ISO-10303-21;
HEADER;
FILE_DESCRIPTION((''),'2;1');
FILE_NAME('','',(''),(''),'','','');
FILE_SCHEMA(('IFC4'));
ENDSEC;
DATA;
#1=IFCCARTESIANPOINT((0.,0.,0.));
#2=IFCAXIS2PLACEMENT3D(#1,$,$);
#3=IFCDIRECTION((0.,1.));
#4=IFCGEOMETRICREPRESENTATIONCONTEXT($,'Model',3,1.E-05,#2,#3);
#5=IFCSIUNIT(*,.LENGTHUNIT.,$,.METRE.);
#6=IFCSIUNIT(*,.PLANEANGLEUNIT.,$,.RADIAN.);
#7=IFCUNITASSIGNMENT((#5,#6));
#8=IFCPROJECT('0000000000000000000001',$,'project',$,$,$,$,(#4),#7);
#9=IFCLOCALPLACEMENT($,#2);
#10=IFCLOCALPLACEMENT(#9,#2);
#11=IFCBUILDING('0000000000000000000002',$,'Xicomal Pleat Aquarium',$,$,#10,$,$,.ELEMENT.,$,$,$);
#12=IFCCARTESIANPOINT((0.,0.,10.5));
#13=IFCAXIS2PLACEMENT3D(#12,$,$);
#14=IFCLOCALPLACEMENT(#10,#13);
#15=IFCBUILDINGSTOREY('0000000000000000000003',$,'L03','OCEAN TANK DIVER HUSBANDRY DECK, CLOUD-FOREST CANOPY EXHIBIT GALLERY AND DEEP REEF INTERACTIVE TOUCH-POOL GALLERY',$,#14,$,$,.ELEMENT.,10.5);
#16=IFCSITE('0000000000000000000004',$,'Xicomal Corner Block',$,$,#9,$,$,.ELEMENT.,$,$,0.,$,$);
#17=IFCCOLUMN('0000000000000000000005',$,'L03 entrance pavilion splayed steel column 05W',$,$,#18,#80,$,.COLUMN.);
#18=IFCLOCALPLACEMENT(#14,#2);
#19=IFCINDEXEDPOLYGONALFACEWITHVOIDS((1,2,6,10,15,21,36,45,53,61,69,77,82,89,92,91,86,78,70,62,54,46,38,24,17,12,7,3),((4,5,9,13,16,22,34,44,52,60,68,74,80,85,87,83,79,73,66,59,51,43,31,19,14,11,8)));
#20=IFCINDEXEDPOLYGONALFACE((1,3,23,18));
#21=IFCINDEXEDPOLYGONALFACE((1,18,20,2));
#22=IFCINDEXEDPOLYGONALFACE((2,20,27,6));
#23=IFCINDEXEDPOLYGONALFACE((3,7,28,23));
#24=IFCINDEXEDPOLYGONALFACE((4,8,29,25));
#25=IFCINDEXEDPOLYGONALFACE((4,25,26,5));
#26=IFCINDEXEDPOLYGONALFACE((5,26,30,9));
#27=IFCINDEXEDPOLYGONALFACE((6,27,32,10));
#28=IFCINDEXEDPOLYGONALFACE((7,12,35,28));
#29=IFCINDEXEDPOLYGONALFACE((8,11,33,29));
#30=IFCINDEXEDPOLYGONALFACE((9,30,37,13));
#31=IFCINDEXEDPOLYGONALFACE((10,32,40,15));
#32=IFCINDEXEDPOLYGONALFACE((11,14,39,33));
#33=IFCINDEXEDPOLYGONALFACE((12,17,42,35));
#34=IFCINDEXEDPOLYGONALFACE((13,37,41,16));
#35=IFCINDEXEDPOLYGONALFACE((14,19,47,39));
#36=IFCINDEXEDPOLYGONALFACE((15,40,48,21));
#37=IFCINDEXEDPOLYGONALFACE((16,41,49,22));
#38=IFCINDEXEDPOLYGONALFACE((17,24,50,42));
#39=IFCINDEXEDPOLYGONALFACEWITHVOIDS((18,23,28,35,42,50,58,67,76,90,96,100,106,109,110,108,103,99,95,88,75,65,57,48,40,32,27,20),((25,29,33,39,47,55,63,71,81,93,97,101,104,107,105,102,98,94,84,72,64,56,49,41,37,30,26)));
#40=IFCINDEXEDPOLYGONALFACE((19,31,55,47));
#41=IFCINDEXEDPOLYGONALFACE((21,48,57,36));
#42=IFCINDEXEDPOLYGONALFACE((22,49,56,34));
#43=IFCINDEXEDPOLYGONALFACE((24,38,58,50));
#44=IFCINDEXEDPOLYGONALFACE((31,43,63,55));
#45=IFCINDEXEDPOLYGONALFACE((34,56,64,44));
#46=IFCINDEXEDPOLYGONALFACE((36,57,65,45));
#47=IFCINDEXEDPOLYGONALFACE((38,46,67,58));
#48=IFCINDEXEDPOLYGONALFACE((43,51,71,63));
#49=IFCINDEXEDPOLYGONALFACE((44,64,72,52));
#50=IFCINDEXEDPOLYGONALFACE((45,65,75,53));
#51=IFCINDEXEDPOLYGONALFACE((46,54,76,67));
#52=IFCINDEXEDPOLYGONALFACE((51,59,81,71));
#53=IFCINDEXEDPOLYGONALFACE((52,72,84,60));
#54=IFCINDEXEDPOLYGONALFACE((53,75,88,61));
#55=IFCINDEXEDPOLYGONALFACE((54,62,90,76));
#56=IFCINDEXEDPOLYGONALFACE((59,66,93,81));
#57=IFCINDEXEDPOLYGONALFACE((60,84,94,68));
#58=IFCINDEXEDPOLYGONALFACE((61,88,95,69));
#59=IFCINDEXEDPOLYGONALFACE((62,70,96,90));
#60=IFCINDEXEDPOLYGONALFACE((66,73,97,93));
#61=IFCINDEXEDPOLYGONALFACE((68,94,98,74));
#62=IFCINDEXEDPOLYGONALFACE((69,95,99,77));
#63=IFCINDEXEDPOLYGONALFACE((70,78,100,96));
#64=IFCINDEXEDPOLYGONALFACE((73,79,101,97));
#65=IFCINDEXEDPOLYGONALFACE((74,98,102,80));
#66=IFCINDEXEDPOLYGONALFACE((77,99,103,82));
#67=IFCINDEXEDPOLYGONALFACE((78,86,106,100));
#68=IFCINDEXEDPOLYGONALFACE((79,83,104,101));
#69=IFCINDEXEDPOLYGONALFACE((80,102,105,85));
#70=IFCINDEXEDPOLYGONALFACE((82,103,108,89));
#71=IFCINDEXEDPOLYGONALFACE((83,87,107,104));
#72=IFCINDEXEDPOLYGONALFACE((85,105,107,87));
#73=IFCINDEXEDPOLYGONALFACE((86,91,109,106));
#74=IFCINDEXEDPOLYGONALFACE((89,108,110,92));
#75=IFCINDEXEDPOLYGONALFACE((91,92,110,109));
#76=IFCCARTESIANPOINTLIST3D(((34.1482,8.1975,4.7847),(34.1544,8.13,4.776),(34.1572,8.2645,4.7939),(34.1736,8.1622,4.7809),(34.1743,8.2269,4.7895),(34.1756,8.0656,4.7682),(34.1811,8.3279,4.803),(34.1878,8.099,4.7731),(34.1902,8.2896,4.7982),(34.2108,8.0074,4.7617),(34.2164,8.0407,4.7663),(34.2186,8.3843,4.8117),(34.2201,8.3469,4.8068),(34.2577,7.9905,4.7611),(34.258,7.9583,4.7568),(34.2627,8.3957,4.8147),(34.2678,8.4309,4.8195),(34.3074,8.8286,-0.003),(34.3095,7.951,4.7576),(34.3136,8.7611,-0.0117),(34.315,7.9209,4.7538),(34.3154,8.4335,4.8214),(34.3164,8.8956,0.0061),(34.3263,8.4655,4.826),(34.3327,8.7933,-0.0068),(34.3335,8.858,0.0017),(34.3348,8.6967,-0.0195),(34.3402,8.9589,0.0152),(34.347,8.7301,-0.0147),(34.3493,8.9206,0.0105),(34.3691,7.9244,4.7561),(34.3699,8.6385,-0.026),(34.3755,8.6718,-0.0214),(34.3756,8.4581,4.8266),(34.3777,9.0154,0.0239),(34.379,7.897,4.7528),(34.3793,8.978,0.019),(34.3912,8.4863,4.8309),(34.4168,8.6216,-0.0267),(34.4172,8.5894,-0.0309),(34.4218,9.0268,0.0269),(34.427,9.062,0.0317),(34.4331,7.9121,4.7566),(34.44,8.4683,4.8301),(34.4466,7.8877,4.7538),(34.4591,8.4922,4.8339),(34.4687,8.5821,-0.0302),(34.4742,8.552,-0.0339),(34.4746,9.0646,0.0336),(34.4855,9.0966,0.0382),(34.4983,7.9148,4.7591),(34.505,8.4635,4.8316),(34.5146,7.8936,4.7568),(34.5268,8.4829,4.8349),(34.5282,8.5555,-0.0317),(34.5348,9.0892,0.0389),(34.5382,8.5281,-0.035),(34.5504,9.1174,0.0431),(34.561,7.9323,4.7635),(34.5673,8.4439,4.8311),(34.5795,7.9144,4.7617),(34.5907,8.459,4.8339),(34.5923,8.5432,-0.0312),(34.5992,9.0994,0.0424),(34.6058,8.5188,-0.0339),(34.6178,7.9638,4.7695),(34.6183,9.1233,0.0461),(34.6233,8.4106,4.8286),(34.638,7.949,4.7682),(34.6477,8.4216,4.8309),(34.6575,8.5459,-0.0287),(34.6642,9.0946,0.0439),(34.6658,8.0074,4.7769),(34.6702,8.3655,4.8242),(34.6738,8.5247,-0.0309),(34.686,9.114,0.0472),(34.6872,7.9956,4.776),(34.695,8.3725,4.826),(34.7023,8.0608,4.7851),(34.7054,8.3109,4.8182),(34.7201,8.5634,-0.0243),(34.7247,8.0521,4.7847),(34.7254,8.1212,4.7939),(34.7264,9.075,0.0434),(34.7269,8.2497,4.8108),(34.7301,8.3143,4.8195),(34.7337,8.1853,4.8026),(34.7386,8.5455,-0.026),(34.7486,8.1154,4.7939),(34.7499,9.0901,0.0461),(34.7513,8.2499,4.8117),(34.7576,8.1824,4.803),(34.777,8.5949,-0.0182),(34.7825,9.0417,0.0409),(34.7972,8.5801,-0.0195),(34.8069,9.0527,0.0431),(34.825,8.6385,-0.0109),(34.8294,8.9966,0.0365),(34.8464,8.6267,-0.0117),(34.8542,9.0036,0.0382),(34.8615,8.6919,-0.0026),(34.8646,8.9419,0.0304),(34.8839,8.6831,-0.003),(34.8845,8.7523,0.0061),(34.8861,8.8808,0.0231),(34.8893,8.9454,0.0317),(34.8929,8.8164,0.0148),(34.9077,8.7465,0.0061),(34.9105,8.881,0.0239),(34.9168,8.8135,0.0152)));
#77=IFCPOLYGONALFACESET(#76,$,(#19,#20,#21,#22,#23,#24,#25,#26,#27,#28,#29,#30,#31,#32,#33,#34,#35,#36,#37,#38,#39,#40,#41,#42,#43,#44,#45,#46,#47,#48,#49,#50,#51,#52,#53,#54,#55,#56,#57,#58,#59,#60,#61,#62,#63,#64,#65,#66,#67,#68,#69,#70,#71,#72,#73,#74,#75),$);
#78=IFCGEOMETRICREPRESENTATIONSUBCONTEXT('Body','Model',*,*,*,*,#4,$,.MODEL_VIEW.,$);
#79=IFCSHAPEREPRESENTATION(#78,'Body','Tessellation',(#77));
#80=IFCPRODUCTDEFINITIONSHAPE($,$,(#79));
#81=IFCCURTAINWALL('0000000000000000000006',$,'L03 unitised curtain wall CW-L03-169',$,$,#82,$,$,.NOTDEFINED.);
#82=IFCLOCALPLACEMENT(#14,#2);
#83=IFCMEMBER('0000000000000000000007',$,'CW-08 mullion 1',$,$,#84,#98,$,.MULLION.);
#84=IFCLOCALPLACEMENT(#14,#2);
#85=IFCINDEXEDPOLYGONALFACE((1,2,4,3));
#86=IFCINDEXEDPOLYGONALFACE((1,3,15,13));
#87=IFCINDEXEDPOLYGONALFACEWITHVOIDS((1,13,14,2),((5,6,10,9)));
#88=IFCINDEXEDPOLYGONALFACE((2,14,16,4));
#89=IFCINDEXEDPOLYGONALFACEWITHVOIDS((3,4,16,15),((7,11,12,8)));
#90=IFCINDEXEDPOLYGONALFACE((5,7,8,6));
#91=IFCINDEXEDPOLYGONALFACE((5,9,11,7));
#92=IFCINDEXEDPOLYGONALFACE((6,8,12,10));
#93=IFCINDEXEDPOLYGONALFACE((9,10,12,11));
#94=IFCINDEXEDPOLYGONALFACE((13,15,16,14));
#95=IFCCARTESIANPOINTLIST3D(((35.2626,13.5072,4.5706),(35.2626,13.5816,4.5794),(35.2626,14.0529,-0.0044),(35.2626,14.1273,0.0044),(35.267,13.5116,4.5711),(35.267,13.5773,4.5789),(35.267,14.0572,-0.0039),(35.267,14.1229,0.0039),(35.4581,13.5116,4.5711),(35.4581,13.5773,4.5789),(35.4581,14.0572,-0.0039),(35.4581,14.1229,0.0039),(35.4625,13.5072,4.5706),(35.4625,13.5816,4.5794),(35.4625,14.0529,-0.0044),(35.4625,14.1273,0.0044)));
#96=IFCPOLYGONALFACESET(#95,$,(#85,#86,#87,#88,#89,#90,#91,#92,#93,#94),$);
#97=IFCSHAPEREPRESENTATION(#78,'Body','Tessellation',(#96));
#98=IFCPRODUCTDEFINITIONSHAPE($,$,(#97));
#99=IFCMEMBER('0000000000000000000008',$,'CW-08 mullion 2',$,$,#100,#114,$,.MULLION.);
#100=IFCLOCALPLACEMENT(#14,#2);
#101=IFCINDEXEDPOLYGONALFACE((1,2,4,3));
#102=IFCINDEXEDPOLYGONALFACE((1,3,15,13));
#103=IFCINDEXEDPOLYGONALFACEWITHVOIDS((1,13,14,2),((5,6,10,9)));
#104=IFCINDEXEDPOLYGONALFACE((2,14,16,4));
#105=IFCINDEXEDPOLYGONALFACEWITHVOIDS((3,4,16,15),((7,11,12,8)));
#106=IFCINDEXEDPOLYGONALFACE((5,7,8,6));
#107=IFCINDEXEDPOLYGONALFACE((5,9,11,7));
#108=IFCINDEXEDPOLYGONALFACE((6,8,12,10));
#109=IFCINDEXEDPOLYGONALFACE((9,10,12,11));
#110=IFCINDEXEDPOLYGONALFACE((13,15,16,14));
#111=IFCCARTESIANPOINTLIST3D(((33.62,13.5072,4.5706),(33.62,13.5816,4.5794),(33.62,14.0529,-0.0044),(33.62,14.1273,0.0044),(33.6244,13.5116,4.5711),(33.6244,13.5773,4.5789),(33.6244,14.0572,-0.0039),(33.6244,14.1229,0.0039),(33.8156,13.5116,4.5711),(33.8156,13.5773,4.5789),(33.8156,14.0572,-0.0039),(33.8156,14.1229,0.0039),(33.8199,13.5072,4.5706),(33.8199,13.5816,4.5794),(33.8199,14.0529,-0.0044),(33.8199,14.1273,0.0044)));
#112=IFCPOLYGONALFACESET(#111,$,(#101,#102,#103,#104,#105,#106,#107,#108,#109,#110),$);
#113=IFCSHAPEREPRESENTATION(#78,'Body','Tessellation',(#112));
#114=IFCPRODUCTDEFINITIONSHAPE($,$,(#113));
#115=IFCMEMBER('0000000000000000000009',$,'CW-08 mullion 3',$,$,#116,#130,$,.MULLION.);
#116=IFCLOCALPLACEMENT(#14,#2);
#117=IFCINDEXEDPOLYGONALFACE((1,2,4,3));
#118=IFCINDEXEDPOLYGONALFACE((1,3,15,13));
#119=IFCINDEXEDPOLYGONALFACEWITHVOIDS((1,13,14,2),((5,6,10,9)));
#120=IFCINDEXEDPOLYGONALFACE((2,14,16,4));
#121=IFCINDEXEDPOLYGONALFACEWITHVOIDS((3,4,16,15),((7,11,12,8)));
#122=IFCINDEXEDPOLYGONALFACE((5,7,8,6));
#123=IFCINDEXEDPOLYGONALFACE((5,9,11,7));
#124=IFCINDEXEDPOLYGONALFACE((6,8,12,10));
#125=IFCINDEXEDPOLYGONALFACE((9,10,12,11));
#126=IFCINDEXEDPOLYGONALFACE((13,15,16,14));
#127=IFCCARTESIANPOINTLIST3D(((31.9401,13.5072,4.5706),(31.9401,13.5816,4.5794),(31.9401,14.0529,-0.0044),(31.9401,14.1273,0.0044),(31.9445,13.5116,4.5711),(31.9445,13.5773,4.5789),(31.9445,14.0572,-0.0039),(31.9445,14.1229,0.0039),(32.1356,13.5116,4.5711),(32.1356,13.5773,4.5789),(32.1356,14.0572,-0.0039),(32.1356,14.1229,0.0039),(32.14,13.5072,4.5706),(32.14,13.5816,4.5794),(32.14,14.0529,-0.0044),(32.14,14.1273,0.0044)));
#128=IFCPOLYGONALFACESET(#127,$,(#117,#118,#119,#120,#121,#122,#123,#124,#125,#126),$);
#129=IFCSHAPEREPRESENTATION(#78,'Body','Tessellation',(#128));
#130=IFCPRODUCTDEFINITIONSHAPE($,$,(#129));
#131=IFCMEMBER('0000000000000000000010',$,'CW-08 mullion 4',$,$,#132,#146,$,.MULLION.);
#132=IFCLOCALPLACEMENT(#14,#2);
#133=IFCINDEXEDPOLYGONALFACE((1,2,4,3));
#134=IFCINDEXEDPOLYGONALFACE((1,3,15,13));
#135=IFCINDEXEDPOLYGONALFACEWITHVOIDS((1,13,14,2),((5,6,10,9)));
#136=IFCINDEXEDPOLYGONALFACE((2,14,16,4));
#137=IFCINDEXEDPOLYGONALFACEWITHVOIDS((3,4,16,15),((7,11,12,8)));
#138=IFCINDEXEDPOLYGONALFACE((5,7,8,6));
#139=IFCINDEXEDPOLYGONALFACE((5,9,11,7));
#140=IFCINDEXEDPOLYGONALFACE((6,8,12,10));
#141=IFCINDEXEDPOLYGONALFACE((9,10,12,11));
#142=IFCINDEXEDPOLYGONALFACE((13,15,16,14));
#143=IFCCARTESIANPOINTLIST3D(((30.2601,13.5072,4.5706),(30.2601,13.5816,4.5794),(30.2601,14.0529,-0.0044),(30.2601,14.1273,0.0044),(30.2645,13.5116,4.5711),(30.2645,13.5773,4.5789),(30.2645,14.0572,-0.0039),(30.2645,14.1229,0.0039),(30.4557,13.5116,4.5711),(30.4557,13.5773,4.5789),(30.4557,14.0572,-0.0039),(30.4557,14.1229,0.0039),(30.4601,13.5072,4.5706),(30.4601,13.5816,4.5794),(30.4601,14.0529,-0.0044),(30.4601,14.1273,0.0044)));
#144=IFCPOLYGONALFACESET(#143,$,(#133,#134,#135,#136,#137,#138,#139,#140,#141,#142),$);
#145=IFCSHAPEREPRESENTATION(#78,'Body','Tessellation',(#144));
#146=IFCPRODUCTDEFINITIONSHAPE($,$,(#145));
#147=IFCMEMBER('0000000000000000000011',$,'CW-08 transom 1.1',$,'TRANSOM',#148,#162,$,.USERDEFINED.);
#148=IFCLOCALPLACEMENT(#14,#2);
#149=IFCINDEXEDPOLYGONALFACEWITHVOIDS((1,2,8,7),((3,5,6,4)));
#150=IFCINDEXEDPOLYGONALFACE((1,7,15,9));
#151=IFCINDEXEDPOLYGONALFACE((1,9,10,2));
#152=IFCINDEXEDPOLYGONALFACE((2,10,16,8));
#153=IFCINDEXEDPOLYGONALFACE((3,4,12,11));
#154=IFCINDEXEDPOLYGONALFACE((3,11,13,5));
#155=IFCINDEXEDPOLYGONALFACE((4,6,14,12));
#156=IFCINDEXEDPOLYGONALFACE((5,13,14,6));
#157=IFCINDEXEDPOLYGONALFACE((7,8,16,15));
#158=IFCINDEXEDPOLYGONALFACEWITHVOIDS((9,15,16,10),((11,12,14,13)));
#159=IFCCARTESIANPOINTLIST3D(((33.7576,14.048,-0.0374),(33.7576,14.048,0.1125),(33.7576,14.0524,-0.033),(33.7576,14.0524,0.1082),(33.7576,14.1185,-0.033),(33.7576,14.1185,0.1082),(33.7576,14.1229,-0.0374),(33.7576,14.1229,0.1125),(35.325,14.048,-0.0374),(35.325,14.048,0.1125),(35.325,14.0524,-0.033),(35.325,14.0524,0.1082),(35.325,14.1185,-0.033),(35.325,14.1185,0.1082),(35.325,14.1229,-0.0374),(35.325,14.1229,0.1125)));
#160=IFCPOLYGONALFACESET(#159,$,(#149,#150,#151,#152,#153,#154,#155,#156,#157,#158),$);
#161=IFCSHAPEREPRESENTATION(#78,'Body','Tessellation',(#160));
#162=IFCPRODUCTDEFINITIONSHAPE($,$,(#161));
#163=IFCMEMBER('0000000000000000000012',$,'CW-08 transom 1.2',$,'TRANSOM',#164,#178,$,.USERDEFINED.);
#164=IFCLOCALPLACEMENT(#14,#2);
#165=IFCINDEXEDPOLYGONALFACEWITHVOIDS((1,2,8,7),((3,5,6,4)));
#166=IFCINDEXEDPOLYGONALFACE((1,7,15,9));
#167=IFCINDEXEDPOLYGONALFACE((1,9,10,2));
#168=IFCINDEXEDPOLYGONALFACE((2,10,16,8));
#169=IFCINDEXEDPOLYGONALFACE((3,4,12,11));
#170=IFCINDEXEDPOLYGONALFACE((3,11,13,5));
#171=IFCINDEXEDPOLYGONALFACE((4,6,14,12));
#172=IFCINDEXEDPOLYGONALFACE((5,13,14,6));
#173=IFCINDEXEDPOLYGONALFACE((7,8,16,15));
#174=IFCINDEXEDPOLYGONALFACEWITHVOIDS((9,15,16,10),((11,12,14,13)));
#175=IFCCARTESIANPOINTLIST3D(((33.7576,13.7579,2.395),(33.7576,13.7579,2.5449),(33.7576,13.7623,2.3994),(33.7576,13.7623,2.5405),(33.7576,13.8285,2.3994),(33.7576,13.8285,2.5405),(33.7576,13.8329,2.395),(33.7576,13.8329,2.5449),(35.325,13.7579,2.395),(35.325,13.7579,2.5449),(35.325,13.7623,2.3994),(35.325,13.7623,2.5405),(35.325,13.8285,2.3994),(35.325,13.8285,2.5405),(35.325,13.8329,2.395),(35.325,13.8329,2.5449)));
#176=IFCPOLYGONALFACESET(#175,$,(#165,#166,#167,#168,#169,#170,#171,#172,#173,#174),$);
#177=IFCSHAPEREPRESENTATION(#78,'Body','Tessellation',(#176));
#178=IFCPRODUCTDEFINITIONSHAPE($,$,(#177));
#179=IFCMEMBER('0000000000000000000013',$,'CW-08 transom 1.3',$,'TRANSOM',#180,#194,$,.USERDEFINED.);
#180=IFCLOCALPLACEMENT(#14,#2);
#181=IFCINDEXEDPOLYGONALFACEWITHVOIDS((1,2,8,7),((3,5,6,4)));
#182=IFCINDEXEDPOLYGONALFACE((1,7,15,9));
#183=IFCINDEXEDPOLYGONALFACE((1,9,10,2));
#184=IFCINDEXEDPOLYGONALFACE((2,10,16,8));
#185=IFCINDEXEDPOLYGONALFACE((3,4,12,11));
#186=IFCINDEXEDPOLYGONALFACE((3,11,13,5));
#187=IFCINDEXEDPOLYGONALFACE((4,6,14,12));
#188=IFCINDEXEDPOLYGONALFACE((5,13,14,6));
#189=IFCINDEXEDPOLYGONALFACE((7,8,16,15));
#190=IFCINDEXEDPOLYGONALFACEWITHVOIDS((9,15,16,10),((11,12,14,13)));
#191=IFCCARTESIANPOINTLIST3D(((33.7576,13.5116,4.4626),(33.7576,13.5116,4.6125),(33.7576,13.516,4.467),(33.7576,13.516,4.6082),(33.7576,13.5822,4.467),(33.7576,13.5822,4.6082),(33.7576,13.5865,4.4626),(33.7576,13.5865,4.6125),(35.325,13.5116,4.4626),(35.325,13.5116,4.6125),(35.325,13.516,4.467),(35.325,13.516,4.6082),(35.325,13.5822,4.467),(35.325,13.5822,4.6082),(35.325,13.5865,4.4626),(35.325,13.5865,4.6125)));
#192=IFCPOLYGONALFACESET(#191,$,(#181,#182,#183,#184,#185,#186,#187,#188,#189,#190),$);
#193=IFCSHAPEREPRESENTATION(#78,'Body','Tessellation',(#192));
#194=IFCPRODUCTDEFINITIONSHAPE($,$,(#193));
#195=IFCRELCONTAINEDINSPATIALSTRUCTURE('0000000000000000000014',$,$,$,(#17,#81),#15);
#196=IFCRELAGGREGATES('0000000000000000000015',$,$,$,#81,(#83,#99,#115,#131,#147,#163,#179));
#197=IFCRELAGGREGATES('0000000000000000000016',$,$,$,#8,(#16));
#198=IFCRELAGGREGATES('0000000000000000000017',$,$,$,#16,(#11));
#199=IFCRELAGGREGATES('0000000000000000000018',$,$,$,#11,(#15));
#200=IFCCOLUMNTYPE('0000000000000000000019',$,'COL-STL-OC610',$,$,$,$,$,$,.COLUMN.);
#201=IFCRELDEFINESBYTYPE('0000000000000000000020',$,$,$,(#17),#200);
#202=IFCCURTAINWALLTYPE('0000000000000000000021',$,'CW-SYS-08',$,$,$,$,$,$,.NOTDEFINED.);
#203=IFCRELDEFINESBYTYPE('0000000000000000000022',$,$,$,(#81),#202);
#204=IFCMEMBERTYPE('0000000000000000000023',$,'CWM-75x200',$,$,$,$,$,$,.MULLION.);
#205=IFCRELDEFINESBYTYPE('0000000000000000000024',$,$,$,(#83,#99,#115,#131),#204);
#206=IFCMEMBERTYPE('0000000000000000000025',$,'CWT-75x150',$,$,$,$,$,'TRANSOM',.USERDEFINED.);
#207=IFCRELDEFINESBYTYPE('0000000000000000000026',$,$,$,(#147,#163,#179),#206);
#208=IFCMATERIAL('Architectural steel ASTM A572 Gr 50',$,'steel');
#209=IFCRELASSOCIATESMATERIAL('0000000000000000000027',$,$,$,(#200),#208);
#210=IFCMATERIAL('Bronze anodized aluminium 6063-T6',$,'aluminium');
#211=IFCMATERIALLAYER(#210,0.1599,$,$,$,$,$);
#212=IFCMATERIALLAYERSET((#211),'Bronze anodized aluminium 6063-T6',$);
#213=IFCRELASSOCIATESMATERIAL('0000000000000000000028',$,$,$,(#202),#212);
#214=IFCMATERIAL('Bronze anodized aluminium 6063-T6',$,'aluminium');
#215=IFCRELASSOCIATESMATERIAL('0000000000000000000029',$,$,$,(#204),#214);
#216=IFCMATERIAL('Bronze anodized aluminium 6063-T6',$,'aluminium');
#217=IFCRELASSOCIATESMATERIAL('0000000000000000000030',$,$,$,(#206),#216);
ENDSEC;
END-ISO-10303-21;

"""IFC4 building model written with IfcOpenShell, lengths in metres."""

from ifc_helpers import new_model, si_unit, direction, frame, origin, origin_2d, place, context, subcontext, project, spatial, hollow_rectangle, hollow_circle, extrude, material, layer, layer_set, material_profile, profile_set, type_object, element, aggregate, save


model = new_model("IFC4")

# Units and contexts
model_context = context("Model", 3, precision=1e-05, world=origin(), true_north=direction((0.0, 1.0)))
body_context = subcontext(model_context, "Body", "Model", "MODEL_VIEW")
ifc_project = project(units=[si_unit("LENGTHUNIT", "METRE"), si_unit("PLANEANGLEUNIT", "RADIAN")], contexts=[model_context])

# Site, building, storey
site_placement = place(None, origin())
site = spatial("IfcSite", under=ifc_project, at=site_placement, Name="Xicomal Corner Block", CompositionType="ELEMENT", RefElevation=0.0)
building_placement = place(site_placement, origin())
building = spatial("IfcBuilding", under=site, at=building_placement, Name="Xicomal Pleat Aquarium", CompositionType="ELEMENT")
storey_placement = place(building_placement, frame((0.0, 0.0, 10.5)))
storey = spatial("IfcBuildingStorey", under=building, at=storey_placement, Name="L03", Description="OCEAN TANK DIVER HUSBANDRY DECK, CLOUD-FOREST CANOPY EXHIBIT GALLERY AND DEEP REEF INTERACTIVE TOUCH-POOL GALLERY", CompositionType="ELEMENT", Elevation=10.5)

# Column
ifc_material_1 = material(Name="Architectural steel ASTM A572 Gr 50", Category="steel")
ifc_material_profile_1 = material_profile(ifc_material_1, hollow_circle(Radius=0.3049, WallThickness=0.0239, at=origin_2d()), Name="OC 610x24")
ifc_profile_set_1 = profile_set([ifc_material_profile_1], Name="Architectural steel ASTM A572 Gr 50")
column_type = type_object("IfcColumnType", Name="COL-STL-OC610", PredefinedType="COLUMN", material=ifc_profile_set_1)
column_placement = place(storey_placement, frame((34.6121, 8.821, 0.0061), z_axis=(-0.032944, -0.130612, 0.990886), x_axis=(0.969633, -0.244565, 0.0)))
element("IfcColumn", 1, at=column_placement, inside=storey, type_object=column_type, Name="L03 entrance pavilion splayed steel column 05W", PredefinedType="COLUMN", context=body_context, shape_type="SweptSolid", body=[
    extrude(hollow_circle(Radius=0.3049, WallThickness=0.0239, at=origin_2d()), origin(), (0.0, 0.0, 1.0), 4.8318),
])

# Curtain wall, members
ifc_material_2 = material(Name="Bronze anodized aluminium 6063-T6", Category="aluminium")
ifc_layer_1 = layer(ifc_material_2, 0.1599)
ifc_layer_set_1 = layer_set([ifc_layer_1], Name="Bronze anodized aluminium 6063-T6")
curtain_wall_type = type_object("IfcCurtainWallType", Name="CW-SYS-08", PredefinedType="NOTDEFINED", material=ifc_layer_set_1)
curtain_wall_placement = place(storey_placement, origin())
curtain_wall = element("IfcCurtainWall", 2, at=curtain_wall_placement, inside=storey, type_object=curtain_wall_type, Name="L03 unitised curtain wall CW-L03-169", PredefinedType="NOTDEFINED")
ifc_material_3 = material(Name="Bronze anodized aluminium 6063-T6", Category="aluminium")
ifc_material_profile_2 = material_profile(ifc_material_3, hollow_rectangle(XDim=0.075, YDim=0.2, WallThickness=0.0044, at=origin_2d()), Name="ALU MULL 75x200")
ifc_profile_set_2 = profile_set([ifc_material_profile_2], Name="Bronze anodized aluminium 6063-T6")
member_type_1 = type_object("IfcMemberType", Name="CWM-75x200", PredefinedType="MULLION", material=ifc_profile_set_2)
member_1_placement = place(storey_placement, frame((35.3625, 14.0901, 0.0), z_axis=(0.0, -0.118431, 0.992962), x_axis=(0.0, -0.992962, -0.118431)))
member_1 = element("IfcMember", 3, at=member_1_placement, type_object=member_type_1, Name="CW-08 mullion 1", PredefinedType="MULLION", context=body_context, shape_type="SweptSolid", body=[
    extrude(hollow_rectangle(XDim=0.075, YDim=0.2, WallThickness=0.0044, at=origin_2d()), origin(), (0.0, 0.0, 1.0), 4.6074),
])
member_2_placement = place(storey_placement, frame((33.72, 14.0901, 0.0), z_axis=(0.0, -0.118431, 0.992962), x_axis=(0.0, -0.992962, -0.118431)))
member_2 = element("IfcMember", 4, at=member_2_placement, type_object=member_type_1, Name="CW-08 mullion 2", PredefinedType="MULLION", context=body_context, shape_type="SweptSolid", body=[
    extrude(hollow_rectangle(XDim=0.075, YDim=0.2, WallThickness=0.0044, at=origin_2d()), origin(), (0.0, 0.0, 1.0), 4.6074),
])
member_3_placement = place(storey_placement, frame((32.04, 14.0901, 0.0), z_axis=(0.0, -0.118431, 0.992962), x_axis=(0.0, -0.992962, -0.118431)))
member_3 = element("IfcMember", 5, at=member_3_placement, type_object=member_type_1, Name="CW-08 mullion 3", PredefinedType="MULLION", context=body_context, shape_type="SweptSolid", body=[
    extrude(hollow_rectangle(XDim=0.075, YDim=0.2, WallThickness=0.0044, at=origin_2d()), origin(), (0.0, 0.0, 1.0), 4.6074),
])
member_4_placement = place(storey_placement, frame((30.3601, 14.0901, 0.0), z_axis=(0.0, -0.118431, 0.992962), x_axis=(0.0, -0.992962, -0.118431)))
member_4 = element("IfcMember", 6, at=member_4_placement, type_object=member_type_1, Name="CW-08 mullion 4", PredefinedType="MULLION", context=body_context, shape_type="SweptSolid", body=[
    extrude(hollow_rectangle(XDim=0.075, YDim=0.2, WallThickness=0.0044, at=origin_2d()), origin(), (0.0, 0.0, 1.0), 4.6074),
])
ifc_material_4 = material(Name="Bronze anodized aluminium 6063-T6", Category="aluminium")
ifc_material_profile_3 = material_profile(ifc_material_4, hollow_rectangle(XDim=0.075, YDim=0.1499, WallThickness=0.0044, at=origin_2d()), Name="ALU TRAN 75x150")
ifc_profile_set_3 = profile_set([ifc_material_profile_3], Name="Bronze anodized aluminium 6063-T6")
member_type_2 = type_object("IfcMemberType", Name="CWT-75x150", ElementType="TRANSOM", PredefinedType="USERDEFINED", material=ifc_profile_set_3)
member_5_placement = place(storey_placement, frame((35.325, 14.0854, 0.0376), z_axis=(-1.0, 0.0, 0.0), x_axis=(0.0, -1.0, 0.0)))
member_5 = element("IfcMember", 7, at=member_5_placement, type_object=member_type_2, Name="CW-08 transom 1.1", ObjectType="TRANSOM", PredefinedType="USERDEFINED", context=body_context, shape_type="SweptSolid", body=[
    extrude(hollow_rectangle(XDim=0.075, YDim=0.1499, WallThickness=0.0044, at=origin_2d()), origin(), (0.0, 0.0, 1.0), 1.5674),
])
member_6_placement = place(storey_placement, frame((35.325, 13.7954, 2.47), z_axis=(-1.0, 0.0, 0.0), x_axis=(0.0, -1.0, 0.0)))
member_6 = element("IfcMember", 8, at=member_6_placement, type_object=member_type_2, Name="CW-08 transom 1.2", ObjectType="TRANSOM", PredefinedType="USERDEFINED", context=body_context, shape_type="SweptSolid", body=[
    extrude(hollow_rectangle(XDim=0.075, YDim=0.1499, WallThickness=0.0044, at=origin_2d()), origin(), (0.0, 0.0, 1.0), 1.5674),
])
member_7_placement = place(storey_placement, frame((35.325, 13.5491, 4.5376), z_axis=(-1.0, 0.0, 0.0), x_axis=(0.0, -1.0, 0.0)))
member_7 = element("IfcMember", 9, at=member_7_placement, type_object=member_type_2, Name="CW-08 transom 1.3", ObjectType="TRANSOM", PredefinedType="USERDEFINED", context=body_context, shape_type="SweptSolid", body=[
    extrude(hollow_rectangle(XDim=0.075, YDim=0.1499, WallThickness=0.0044, at=origin_2d()), origin(), (0.0, 0.0, 1.0), 1.5674),
])
aggregate(curtain_wall, [member_1, member_2, member_3, member_4, member_5, member_6, member_7])

save(model, "model.ifc")
